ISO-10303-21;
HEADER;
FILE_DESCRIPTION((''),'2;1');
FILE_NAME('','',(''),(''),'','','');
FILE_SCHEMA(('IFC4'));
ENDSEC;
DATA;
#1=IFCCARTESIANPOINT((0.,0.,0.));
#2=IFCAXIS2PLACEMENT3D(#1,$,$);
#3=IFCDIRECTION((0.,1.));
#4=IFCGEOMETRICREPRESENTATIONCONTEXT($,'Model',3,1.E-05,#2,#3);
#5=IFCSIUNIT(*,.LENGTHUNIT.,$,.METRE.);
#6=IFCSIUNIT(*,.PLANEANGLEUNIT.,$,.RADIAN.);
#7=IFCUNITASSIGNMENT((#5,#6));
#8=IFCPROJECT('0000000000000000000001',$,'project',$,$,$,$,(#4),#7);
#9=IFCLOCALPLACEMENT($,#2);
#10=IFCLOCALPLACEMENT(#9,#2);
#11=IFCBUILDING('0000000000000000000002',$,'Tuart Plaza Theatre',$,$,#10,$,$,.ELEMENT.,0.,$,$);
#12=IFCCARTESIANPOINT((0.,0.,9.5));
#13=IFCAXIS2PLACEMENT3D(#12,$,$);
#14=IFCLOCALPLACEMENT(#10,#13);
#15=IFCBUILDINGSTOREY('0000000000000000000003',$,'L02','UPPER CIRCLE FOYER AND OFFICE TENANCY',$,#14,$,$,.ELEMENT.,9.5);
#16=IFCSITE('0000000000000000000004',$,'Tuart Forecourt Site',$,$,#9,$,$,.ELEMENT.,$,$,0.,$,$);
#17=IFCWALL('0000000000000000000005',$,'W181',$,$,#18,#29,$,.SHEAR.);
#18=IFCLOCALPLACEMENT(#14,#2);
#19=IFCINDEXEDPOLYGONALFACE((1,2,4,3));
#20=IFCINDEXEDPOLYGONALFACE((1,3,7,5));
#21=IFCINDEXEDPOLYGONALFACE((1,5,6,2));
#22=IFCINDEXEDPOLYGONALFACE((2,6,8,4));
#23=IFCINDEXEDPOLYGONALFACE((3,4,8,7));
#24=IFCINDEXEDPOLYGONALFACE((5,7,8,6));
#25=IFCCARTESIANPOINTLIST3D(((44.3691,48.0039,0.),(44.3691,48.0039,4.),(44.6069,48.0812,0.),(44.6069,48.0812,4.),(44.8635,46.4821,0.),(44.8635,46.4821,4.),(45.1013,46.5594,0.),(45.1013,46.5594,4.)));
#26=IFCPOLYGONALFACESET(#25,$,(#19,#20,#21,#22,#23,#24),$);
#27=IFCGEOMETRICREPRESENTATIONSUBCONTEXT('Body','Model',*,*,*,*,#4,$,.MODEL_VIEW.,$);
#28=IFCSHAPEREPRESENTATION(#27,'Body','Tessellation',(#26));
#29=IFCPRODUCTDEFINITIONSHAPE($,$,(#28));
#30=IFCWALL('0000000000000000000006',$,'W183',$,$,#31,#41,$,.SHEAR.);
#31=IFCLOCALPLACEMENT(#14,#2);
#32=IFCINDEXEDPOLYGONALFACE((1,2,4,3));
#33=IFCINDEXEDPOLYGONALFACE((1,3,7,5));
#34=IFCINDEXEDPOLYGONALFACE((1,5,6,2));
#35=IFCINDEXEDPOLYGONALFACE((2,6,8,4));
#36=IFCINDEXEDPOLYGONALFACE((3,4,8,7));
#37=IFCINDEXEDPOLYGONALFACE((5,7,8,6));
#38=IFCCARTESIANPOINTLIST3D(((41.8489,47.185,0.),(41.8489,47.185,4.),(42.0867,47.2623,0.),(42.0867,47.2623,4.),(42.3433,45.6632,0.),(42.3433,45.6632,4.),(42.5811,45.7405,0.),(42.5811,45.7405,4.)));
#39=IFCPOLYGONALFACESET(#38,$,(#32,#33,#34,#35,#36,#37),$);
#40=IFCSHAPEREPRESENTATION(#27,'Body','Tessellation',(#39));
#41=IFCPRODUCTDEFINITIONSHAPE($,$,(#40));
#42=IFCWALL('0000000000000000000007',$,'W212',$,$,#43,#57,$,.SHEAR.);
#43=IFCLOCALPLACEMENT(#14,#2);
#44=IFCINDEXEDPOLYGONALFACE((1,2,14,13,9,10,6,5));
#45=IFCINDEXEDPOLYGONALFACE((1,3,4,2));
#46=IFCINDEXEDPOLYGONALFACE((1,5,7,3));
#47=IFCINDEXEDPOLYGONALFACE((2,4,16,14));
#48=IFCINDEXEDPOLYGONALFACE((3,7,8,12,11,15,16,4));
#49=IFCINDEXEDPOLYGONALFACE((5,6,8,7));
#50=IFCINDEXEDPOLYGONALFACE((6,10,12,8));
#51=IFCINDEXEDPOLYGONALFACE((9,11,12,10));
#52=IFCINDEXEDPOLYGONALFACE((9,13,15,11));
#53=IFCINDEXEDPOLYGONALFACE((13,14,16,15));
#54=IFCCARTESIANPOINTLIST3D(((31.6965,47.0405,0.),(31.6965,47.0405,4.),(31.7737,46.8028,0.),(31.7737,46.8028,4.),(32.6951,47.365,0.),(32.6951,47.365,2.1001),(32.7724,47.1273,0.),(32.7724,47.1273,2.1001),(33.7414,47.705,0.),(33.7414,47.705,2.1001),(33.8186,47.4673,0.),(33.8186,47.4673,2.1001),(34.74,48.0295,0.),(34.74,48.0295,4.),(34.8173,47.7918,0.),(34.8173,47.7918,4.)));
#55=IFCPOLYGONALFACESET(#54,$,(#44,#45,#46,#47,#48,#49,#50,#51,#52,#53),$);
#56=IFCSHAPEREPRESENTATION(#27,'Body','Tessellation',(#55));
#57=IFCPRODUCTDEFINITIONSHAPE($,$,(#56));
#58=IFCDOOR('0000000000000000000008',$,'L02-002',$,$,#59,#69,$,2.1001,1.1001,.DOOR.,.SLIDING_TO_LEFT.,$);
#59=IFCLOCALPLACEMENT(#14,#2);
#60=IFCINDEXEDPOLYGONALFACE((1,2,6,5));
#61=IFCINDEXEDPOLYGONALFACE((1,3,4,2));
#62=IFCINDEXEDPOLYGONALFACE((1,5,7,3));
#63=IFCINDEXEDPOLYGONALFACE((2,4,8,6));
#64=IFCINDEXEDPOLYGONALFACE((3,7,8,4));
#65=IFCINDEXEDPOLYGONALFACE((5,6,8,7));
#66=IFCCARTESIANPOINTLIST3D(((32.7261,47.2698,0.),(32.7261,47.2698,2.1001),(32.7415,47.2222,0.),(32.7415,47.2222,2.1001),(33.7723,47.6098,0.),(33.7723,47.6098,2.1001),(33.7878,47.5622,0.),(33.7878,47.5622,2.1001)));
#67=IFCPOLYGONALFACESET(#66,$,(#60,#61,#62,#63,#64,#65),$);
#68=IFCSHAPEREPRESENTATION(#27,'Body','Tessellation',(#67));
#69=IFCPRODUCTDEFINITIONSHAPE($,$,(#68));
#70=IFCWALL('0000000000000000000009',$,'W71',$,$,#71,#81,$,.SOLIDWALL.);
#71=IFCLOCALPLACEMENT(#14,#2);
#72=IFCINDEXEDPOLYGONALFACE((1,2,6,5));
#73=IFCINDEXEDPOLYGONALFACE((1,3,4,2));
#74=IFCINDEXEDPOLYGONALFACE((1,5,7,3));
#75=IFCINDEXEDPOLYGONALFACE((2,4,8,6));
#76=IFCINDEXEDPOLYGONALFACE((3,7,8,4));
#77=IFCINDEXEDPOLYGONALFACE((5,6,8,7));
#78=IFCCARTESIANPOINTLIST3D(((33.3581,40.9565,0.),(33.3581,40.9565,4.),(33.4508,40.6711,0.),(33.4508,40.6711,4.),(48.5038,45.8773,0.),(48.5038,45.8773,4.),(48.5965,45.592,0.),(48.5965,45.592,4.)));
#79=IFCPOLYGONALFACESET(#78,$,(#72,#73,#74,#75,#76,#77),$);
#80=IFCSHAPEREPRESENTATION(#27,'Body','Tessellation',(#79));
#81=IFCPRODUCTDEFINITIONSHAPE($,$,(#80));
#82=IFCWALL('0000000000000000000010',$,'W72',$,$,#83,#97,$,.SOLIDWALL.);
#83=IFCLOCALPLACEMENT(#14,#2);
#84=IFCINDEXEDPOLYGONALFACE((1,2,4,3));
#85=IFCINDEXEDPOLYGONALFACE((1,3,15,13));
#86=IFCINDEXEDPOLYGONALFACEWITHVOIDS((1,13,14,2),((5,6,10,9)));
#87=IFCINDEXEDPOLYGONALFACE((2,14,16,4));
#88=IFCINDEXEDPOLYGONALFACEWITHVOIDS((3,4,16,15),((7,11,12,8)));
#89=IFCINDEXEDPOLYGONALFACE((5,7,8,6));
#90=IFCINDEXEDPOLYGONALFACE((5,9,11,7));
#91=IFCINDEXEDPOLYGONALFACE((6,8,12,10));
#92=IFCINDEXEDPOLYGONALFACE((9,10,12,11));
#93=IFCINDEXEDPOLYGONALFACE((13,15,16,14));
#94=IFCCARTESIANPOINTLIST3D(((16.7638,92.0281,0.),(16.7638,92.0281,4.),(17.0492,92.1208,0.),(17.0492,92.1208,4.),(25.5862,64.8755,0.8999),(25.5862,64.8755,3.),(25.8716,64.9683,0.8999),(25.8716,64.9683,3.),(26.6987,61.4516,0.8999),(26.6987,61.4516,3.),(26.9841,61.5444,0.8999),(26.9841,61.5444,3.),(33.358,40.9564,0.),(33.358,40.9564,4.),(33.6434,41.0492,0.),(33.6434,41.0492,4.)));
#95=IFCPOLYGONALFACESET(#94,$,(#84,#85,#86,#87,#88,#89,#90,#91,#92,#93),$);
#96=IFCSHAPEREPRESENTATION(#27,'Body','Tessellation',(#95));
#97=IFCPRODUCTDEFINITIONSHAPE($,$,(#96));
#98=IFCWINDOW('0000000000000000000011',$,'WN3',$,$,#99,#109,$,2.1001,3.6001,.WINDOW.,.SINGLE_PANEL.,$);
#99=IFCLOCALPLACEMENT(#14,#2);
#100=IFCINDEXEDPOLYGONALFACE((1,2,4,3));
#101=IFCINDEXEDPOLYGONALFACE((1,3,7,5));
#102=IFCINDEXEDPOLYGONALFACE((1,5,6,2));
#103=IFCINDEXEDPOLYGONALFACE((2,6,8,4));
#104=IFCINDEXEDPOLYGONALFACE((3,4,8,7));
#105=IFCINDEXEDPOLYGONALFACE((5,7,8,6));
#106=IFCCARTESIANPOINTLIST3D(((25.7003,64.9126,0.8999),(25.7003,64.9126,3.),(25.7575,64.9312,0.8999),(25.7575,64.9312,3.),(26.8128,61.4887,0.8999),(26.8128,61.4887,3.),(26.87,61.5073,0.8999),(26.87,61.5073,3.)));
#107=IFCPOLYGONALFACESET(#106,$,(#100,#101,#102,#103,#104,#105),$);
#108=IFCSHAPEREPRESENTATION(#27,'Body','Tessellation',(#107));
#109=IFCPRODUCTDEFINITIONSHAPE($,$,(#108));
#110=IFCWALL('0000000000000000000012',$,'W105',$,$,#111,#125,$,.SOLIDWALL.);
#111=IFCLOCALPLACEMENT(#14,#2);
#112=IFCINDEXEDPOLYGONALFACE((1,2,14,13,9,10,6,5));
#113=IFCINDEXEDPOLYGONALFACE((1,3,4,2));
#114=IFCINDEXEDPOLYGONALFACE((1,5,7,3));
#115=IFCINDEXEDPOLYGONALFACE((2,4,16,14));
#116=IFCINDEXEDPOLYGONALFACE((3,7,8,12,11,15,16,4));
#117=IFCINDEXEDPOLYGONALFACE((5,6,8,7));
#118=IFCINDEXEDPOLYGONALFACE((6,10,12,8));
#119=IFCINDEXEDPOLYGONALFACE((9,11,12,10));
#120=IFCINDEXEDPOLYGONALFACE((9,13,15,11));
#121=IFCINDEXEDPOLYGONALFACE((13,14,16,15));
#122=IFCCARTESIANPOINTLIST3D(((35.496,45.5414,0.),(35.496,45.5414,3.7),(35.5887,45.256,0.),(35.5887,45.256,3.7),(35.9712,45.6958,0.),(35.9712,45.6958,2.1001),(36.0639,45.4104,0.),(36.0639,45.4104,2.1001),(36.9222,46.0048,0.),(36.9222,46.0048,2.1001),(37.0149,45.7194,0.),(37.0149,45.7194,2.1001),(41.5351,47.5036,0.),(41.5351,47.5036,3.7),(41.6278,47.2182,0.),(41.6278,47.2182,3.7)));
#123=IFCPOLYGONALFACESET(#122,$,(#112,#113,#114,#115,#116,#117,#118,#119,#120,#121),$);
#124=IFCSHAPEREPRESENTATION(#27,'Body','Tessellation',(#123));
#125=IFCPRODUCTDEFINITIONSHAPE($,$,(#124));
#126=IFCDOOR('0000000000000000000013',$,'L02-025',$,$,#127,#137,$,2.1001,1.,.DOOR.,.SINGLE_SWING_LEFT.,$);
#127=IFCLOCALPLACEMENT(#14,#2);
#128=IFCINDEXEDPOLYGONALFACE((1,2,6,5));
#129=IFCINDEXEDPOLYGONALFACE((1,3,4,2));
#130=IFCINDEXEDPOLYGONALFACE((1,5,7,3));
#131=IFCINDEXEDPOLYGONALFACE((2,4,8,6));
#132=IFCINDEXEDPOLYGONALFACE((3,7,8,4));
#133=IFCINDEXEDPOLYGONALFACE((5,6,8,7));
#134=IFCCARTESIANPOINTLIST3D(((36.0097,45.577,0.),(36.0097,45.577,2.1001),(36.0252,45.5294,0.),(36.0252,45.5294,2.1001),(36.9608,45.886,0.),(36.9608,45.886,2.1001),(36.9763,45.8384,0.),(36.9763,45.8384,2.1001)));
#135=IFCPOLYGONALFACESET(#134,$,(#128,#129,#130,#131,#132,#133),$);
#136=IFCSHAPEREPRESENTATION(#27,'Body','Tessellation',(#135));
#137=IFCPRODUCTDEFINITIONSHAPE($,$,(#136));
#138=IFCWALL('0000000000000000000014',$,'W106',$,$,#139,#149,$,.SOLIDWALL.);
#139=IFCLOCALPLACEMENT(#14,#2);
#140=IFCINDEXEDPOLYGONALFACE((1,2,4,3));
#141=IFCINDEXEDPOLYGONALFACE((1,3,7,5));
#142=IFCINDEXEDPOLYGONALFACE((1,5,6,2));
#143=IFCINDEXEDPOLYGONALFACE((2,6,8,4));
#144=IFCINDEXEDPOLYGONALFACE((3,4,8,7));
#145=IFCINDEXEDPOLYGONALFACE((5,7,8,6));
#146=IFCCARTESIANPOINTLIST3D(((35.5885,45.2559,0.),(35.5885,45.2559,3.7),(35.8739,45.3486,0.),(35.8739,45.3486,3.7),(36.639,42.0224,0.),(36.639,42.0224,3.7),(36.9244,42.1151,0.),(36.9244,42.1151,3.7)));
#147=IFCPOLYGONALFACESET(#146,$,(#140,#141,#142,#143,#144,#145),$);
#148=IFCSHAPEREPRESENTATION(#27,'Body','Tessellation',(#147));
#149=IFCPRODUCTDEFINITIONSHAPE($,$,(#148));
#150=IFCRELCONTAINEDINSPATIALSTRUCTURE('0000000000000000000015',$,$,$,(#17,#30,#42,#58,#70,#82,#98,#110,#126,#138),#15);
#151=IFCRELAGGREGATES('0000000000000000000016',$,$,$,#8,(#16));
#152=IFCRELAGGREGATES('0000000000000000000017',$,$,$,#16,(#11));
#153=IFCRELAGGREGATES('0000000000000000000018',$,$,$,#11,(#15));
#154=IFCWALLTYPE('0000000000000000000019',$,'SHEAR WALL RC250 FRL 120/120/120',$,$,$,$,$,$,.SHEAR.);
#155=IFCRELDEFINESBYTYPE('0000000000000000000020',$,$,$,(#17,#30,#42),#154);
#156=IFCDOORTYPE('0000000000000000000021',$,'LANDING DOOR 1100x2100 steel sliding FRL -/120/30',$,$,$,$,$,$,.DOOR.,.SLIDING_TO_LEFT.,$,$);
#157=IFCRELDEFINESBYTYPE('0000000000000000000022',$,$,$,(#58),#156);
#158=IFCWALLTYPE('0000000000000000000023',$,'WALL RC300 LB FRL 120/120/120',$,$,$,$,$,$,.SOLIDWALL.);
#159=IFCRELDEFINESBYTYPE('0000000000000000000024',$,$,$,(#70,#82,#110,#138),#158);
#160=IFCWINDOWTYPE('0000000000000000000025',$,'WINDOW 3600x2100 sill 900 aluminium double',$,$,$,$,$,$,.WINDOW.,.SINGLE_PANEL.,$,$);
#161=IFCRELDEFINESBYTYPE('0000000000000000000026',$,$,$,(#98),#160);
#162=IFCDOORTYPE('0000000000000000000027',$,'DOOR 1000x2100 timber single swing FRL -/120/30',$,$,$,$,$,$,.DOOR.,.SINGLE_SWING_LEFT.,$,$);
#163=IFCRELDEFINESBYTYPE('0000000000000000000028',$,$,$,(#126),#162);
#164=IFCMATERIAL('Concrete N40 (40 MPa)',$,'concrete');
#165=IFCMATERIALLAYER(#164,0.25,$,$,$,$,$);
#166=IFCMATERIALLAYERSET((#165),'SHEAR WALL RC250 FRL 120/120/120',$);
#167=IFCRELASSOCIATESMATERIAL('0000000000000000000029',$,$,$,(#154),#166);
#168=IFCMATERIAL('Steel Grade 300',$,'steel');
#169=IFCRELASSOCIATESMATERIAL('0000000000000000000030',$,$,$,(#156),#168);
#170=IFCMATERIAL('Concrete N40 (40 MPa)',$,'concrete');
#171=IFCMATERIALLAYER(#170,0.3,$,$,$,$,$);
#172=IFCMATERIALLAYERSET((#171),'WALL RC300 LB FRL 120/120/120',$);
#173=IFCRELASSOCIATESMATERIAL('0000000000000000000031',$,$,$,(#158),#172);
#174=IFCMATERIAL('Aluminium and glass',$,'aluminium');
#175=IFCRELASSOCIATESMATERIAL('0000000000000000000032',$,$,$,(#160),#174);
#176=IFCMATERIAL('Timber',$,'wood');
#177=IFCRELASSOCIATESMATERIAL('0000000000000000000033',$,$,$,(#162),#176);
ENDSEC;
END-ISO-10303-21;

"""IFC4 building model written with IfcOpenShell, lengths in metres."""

from ifc_helpers import new_model, si_unit, direction, frame, frame_2d, origin, place, context, subcontext, project, spatial, rectangle, extrude, material, layer, layer_set, type_object, element, fill, save


model = new_model("IFC4")

# Units and contexts
model_context = context("Model", 3, precision=1e-05, world=origin(), true_north=direction((0.0, 1.0)))
body_context = subcontext(model_context, "Body", "Model", "MODEL_VIEW")
ifc_project = project(units=[si_unit("LENGTHUNIT", "METRE"), si_unit("PLANEANGLEUNIT", "RADIAN")], contexts=[model_context])

# Site, building, storey
site_placement = place(None, origin())
site = spatial("IfcSite", under=ifc_project, at=site_placement, Name="Tuart Forecourt Site", CompositionType="ELEMENT", RefElevation=0.0)
building_placement = place(site_placement, origin())
building = spatial("IfcBuilding", under=site, at=building_placement, Name="Tuart Plaza Theatre", CompositionType="ELEMENT", ElevationOfRefHeight=0.0)
storey_placement = place(building_placement, frame((0.0, 0.0, 9.5)))
storey = spatial("IfcBuildingStorey", under=building, at=storey_placement, Name="L02", Description="UPPER CIRCLE FOYER AND OFFICE TENANCY", CompositionType="ELEMENT", Elevation=9.5)

# Walls
ifc_material_1 = material(Name="Concrete N40 (40 MPa)", Category="concrete")
ifc_layer_1 = layer(ifc_material_1, 0.25)
ifc_layer_set_1 = layer_set([ifc_layer_1], Name="SHEAR WALL RC250 FRL 120/120/120")
wall_type_1 = type_object("IfcWallType", Name="SHEAR WALL RC250 FRL 120/120/120", PredefinedType="SHEAR", material=ifc_layer_set_1)
for number, where, z_axis, x_axis, name in (
    (1, (44.9824, 46.5208, 0.0), (0.0, 0.0, 1.0), (-0.308986, 0.951067, 0.0), "W181"),
    (2, (41.9678, 47.2236, 0.0), (0.0, 0.0, 1.0), (0.308986, -0.951067, 0.0), "W183"),
):
    element("IfcWall", number, at=place(storey_placement, frame(where, z_axis=z_axis, x_axis=x_axis)), inside=storey, type_object=wall_type_1, Name=name, PredefinedType="SHEAR", context=body_context, shape_type="SweptSolid", body=[
        extrude(rectangle(XDim=1.6001, YDim=0.25, at=frame_2d((0.8, 0.0))), origin(), (0.0, 0.0, 1.0), 4.0),
    ])

# Wall, opening, door
wall_1_placement = place(storey_placement, frame((31.7351, 46.9216, 0.0), z_axis=(0.0, 0.0, 1.0), x_axis=(0.951044, 0.309055, 0.0)))
wall_1 = element("IfcWall", 3, at=wall_1_placement, inside=storey, type_object=wall_type_1, Name="W212", PredefinedType="SHEAR", context=body_context, shape_type="SweptSolid", body=[
    extrude(rectangle(XDim=3.2002, YDim=0.25, at=frame_2d((1.6001, 0.0))), origin(), (0.0, 0.0, 1.0), 4.0),
])
opening_1_placement = place(wall_1_placement, frame((1.05, 0.0, 0.0)))
opening_1 = element("IfcOpeningElement", 4, at=opening_1_placement, cuts=wall_1, PredefinedType="OPENING", context=body_context, shape_type="SweptSolid", body=[
    extrude(rectangle(XDim=1.1001, YDim=2.1001, at=frame_2d((0.55, 1.05))), frame((0.0, 0.135, 0.0), z_axis=(0.0, -1.0, 0.0), x_axis=(1.0, 0.0, 0.0)), (0.0, 0.0, 1.0), 0.27),
])
ifc_material_2 = material(Name="Steel Grade 300", Category="steel")
door_type_1 = type_object("IfcDoorType", Name="LANDING DOOR 1100x2100 steel sliding FRL -/120/30", OperationType="SLIDING_TO_LEFT", PredefinedType="DOOR", material=ifc_material_2)
door_1_placement = place(opening_1_placement, origin())
door_1 = element("IfcDoor", 5, at=door_1_placement, inside=storey, type_object=door_type_1, Name="L02-002", OperationType="SLIDING_TO_LEFT", OverallHeight=2.1001, OverallWidth=1.1001, PredefinedType="DOOR", context=body_context, shape_type="SweptSolid", body=[
    extrude(rectangle(XDim=1.1001, YDim=2.1001, at=frame_2d((0.55, 1.05))), frame((0.0, 0.0249, 0.0), z_axis=(0.0, -1.0, 0.0), x_axis=(1.0, 0.0, 0.0)), (0.0, 0.0, 1.0), 0.05),
])
fill(opening_1, door_1)

# Wall
ifc_material_3 = material(Name="Concrete N40 (40 MPa)", Category="concrete")
ifc_layer_2 = layer(ifc_material_3, 0.3)
ifc_layer_set_2 = layer_set([ifc_layer_2], Name="WALL RC300 LB FRL 120/120/120")
wall_type_2 = type_object("IfcWallType", Name="WALL RC300 LB FRL 120/120/120", PredefinedType="SOLIDWALL", material=ifc_layer_set_2)
wall_2_placement = place(storey_placement, frame((48.55, 45.7346, 0.0), z_axis=(0.0, 0.0, 1.0), x_axis=(-0.951061, -0.309003, 0.0)))
element("IfcWall", 6, at=wall_2_placement, inside=storey, type_object=wall_type_2, Name="W71", PredefinedType="SOLIDWALL", context=body_context, shape_type="SweptSolid", body=[
    extrude(rectangle(XDim=15.925, YDim=0.3, at=frame_2d((7.9624, 0.0))), origin(), (0.0, 0.0, 1.0), 4.0),
])

# Wall, opening, window
wall_3_placement = place(storey_placement, frame((33.5007, 41.0027, 0.0), z_axis=(0.0, 0.0, 1.0), x_axis=(-0.309017, 0.951056, 0.0)))
wall_3 = element("IfcWall", 7, at=wall_3_placement, inside=storey, type_object=wall_type_2, Name="W72", PredefinedType="SOLIDWALL", context=body_context, shape_type="SweptSolid", body=[
    extrude(rectangle(XDim=53.7, YDim=0.3, at=frame_2d((26.8501, 0.0))), origin(), (0.0, 0.0, 1.0), 4.0),
])
opening_2_placement = place(wall_3_placement, frame((21.55, 0.0, 0.8999)))
opening_2 = element("IfcOpeningElement", 8, at=opening_2_placement, cuts=wall_3, PredefinedType="OPENING", context=body_context, shape_type="SweptSolid", body=[
    extrude(rectangle(XDim=3.6001, YDim=2.1001, at=frame_2d((1.8, 1.05))), frame((0.0, 0.1599, 0.0), z_axis=(0.0, -1.0, 0.0), x_axis=(1.0, 0.0, 0.0)), (0.0, 0.0, 1.0), 0.3201),
])
ifc_material_4 = material(Name="Aluminium and glass", Category="aluminium")
window_type = type_object("IfcWindowType", Name="WINDOW 3600x2100 sill 900 aluminium double", PartitioningType="SINGLE_PANEL", PredefinedType="WINDOW", material=ifc_material_4)
window_placement = place(opening_2_placement, origin())
window = element("IfcWindow", 9, at=window_placement, inside=storey, type_object=window_type, Name="WN3", OverallHeight=2.1001, OverallWidth=3.6001, PartitioningType="SINGLE_PANEL", PredefinedType="WINDOW", context=body_context, shape_type="SweptSolid", body=[
    extrude(rectangle(XDim=3.6001, YDim=2.1001, at=frame_2d((1.8, 1.05))), frame((0.0, 0.03, 0.0), z_axis=(0.0, -1.0, 0.0), x_axis=(1.0, 0.0, 0.0)), (0.0, 0.0, 1.0), 0.0601),
])
fill(opening_2, window)

# Wall, opening, door
wall_4_placement = place(storey_placement, frame((41.5813, 47.3608, 0.0), z_axis=(0.0, 0.0, 1.0), x_axis=(-0.951059, -0.30901, 0.0)))
wall_4 = element("IfcWall", 10, at=wall_4_placement, inside=storey, type_object=wall_type_2, Name="W105", PredefinedType="SOLIDWALL", context=body_context, shape_type="SweptSolid", body=[
    extrude(rectangle(XDim=6.3499, YDim=0.3, at=frame_2d((3.1748, 0.0))), origin(), (0.0, 0.0, 1.0), 3.7),
])
opening_3_placement = place(wall_4_placement, frame((4.8501, 0.0, 0.0)))
opening_3 = element("IfcOpeningElement", 11, at=opening_3_placement, cuts=wall_4, PredefinedType="OPENING", context=body_context, shape_type="SweptSolid", body=[
    extrude(rectangle(XDim=1.0, YDim=2.1001, at=frame_2d((0.5, 1.05))), frame((0.0, 0.1599, 0.0), z_axis=(0.0, -1.0, 0.0), x_axis=(1.0, 0.0, 0.0)), (0.0, 0.0, 1.0), 0.3201),
])
ifc_material_5 = material(Name="Timber", Category="wood")
door_type_2 = type_object("IfcDoorType", Name="DOOR 1000x2100 timber single swing FRL -/120/30", OperationType="SINGLE_SWING_LEFT", PredefinedType="DOOR", material=ifc_material_5)
door_2_placement = place(opening_3_placement, origin())
door_2 = element("IfcDoor", 12, at=door_2_placement, inside=storey, type_object=door_type_2, Name="L02-025", OperationType="SINGLE_SWING_LEFT", OverallHeight=2.1001, OverallWidth=1.0, PredefinedType="DOOR", context=body_context, shape_type="SweptSolid", body=[
    extrude(rectangle(XDim=1.0, YDim=2.1001, at=frame_2d((0.5, 1.05))), frame((0.0, 0.0249, 0.0), z_axis=(0.0, -1.0, 0.0), x_axis=(1.0, 0.0, 0.0)), (0.0, 0.0, 1.0), 0.05),
])
fill(opening_3, door_2)

# Wall
wall_5_placement = place(storey_placement, frame((35.7312, 45.3022, 0.0), z_axis=(0.0, 0.0, 1.0), x_axis=(0.308981, -0.951068, 0.0)))
element("IfcWall", 13, at=wall_5_placement, inside=storey, type_object=wall_type_2, Name="W106", PredefinedType="SOLIDWALL", context=body_context, shape_type="SweptSolid", body=[
    extrude(rectangle(XDim=3.3999, YDim=0.3, at=frame_2d((1.7, 0.0))), origin(), (0.0, 0.0, 1.0), 3.7),
])

save(model, "model.ifc")
